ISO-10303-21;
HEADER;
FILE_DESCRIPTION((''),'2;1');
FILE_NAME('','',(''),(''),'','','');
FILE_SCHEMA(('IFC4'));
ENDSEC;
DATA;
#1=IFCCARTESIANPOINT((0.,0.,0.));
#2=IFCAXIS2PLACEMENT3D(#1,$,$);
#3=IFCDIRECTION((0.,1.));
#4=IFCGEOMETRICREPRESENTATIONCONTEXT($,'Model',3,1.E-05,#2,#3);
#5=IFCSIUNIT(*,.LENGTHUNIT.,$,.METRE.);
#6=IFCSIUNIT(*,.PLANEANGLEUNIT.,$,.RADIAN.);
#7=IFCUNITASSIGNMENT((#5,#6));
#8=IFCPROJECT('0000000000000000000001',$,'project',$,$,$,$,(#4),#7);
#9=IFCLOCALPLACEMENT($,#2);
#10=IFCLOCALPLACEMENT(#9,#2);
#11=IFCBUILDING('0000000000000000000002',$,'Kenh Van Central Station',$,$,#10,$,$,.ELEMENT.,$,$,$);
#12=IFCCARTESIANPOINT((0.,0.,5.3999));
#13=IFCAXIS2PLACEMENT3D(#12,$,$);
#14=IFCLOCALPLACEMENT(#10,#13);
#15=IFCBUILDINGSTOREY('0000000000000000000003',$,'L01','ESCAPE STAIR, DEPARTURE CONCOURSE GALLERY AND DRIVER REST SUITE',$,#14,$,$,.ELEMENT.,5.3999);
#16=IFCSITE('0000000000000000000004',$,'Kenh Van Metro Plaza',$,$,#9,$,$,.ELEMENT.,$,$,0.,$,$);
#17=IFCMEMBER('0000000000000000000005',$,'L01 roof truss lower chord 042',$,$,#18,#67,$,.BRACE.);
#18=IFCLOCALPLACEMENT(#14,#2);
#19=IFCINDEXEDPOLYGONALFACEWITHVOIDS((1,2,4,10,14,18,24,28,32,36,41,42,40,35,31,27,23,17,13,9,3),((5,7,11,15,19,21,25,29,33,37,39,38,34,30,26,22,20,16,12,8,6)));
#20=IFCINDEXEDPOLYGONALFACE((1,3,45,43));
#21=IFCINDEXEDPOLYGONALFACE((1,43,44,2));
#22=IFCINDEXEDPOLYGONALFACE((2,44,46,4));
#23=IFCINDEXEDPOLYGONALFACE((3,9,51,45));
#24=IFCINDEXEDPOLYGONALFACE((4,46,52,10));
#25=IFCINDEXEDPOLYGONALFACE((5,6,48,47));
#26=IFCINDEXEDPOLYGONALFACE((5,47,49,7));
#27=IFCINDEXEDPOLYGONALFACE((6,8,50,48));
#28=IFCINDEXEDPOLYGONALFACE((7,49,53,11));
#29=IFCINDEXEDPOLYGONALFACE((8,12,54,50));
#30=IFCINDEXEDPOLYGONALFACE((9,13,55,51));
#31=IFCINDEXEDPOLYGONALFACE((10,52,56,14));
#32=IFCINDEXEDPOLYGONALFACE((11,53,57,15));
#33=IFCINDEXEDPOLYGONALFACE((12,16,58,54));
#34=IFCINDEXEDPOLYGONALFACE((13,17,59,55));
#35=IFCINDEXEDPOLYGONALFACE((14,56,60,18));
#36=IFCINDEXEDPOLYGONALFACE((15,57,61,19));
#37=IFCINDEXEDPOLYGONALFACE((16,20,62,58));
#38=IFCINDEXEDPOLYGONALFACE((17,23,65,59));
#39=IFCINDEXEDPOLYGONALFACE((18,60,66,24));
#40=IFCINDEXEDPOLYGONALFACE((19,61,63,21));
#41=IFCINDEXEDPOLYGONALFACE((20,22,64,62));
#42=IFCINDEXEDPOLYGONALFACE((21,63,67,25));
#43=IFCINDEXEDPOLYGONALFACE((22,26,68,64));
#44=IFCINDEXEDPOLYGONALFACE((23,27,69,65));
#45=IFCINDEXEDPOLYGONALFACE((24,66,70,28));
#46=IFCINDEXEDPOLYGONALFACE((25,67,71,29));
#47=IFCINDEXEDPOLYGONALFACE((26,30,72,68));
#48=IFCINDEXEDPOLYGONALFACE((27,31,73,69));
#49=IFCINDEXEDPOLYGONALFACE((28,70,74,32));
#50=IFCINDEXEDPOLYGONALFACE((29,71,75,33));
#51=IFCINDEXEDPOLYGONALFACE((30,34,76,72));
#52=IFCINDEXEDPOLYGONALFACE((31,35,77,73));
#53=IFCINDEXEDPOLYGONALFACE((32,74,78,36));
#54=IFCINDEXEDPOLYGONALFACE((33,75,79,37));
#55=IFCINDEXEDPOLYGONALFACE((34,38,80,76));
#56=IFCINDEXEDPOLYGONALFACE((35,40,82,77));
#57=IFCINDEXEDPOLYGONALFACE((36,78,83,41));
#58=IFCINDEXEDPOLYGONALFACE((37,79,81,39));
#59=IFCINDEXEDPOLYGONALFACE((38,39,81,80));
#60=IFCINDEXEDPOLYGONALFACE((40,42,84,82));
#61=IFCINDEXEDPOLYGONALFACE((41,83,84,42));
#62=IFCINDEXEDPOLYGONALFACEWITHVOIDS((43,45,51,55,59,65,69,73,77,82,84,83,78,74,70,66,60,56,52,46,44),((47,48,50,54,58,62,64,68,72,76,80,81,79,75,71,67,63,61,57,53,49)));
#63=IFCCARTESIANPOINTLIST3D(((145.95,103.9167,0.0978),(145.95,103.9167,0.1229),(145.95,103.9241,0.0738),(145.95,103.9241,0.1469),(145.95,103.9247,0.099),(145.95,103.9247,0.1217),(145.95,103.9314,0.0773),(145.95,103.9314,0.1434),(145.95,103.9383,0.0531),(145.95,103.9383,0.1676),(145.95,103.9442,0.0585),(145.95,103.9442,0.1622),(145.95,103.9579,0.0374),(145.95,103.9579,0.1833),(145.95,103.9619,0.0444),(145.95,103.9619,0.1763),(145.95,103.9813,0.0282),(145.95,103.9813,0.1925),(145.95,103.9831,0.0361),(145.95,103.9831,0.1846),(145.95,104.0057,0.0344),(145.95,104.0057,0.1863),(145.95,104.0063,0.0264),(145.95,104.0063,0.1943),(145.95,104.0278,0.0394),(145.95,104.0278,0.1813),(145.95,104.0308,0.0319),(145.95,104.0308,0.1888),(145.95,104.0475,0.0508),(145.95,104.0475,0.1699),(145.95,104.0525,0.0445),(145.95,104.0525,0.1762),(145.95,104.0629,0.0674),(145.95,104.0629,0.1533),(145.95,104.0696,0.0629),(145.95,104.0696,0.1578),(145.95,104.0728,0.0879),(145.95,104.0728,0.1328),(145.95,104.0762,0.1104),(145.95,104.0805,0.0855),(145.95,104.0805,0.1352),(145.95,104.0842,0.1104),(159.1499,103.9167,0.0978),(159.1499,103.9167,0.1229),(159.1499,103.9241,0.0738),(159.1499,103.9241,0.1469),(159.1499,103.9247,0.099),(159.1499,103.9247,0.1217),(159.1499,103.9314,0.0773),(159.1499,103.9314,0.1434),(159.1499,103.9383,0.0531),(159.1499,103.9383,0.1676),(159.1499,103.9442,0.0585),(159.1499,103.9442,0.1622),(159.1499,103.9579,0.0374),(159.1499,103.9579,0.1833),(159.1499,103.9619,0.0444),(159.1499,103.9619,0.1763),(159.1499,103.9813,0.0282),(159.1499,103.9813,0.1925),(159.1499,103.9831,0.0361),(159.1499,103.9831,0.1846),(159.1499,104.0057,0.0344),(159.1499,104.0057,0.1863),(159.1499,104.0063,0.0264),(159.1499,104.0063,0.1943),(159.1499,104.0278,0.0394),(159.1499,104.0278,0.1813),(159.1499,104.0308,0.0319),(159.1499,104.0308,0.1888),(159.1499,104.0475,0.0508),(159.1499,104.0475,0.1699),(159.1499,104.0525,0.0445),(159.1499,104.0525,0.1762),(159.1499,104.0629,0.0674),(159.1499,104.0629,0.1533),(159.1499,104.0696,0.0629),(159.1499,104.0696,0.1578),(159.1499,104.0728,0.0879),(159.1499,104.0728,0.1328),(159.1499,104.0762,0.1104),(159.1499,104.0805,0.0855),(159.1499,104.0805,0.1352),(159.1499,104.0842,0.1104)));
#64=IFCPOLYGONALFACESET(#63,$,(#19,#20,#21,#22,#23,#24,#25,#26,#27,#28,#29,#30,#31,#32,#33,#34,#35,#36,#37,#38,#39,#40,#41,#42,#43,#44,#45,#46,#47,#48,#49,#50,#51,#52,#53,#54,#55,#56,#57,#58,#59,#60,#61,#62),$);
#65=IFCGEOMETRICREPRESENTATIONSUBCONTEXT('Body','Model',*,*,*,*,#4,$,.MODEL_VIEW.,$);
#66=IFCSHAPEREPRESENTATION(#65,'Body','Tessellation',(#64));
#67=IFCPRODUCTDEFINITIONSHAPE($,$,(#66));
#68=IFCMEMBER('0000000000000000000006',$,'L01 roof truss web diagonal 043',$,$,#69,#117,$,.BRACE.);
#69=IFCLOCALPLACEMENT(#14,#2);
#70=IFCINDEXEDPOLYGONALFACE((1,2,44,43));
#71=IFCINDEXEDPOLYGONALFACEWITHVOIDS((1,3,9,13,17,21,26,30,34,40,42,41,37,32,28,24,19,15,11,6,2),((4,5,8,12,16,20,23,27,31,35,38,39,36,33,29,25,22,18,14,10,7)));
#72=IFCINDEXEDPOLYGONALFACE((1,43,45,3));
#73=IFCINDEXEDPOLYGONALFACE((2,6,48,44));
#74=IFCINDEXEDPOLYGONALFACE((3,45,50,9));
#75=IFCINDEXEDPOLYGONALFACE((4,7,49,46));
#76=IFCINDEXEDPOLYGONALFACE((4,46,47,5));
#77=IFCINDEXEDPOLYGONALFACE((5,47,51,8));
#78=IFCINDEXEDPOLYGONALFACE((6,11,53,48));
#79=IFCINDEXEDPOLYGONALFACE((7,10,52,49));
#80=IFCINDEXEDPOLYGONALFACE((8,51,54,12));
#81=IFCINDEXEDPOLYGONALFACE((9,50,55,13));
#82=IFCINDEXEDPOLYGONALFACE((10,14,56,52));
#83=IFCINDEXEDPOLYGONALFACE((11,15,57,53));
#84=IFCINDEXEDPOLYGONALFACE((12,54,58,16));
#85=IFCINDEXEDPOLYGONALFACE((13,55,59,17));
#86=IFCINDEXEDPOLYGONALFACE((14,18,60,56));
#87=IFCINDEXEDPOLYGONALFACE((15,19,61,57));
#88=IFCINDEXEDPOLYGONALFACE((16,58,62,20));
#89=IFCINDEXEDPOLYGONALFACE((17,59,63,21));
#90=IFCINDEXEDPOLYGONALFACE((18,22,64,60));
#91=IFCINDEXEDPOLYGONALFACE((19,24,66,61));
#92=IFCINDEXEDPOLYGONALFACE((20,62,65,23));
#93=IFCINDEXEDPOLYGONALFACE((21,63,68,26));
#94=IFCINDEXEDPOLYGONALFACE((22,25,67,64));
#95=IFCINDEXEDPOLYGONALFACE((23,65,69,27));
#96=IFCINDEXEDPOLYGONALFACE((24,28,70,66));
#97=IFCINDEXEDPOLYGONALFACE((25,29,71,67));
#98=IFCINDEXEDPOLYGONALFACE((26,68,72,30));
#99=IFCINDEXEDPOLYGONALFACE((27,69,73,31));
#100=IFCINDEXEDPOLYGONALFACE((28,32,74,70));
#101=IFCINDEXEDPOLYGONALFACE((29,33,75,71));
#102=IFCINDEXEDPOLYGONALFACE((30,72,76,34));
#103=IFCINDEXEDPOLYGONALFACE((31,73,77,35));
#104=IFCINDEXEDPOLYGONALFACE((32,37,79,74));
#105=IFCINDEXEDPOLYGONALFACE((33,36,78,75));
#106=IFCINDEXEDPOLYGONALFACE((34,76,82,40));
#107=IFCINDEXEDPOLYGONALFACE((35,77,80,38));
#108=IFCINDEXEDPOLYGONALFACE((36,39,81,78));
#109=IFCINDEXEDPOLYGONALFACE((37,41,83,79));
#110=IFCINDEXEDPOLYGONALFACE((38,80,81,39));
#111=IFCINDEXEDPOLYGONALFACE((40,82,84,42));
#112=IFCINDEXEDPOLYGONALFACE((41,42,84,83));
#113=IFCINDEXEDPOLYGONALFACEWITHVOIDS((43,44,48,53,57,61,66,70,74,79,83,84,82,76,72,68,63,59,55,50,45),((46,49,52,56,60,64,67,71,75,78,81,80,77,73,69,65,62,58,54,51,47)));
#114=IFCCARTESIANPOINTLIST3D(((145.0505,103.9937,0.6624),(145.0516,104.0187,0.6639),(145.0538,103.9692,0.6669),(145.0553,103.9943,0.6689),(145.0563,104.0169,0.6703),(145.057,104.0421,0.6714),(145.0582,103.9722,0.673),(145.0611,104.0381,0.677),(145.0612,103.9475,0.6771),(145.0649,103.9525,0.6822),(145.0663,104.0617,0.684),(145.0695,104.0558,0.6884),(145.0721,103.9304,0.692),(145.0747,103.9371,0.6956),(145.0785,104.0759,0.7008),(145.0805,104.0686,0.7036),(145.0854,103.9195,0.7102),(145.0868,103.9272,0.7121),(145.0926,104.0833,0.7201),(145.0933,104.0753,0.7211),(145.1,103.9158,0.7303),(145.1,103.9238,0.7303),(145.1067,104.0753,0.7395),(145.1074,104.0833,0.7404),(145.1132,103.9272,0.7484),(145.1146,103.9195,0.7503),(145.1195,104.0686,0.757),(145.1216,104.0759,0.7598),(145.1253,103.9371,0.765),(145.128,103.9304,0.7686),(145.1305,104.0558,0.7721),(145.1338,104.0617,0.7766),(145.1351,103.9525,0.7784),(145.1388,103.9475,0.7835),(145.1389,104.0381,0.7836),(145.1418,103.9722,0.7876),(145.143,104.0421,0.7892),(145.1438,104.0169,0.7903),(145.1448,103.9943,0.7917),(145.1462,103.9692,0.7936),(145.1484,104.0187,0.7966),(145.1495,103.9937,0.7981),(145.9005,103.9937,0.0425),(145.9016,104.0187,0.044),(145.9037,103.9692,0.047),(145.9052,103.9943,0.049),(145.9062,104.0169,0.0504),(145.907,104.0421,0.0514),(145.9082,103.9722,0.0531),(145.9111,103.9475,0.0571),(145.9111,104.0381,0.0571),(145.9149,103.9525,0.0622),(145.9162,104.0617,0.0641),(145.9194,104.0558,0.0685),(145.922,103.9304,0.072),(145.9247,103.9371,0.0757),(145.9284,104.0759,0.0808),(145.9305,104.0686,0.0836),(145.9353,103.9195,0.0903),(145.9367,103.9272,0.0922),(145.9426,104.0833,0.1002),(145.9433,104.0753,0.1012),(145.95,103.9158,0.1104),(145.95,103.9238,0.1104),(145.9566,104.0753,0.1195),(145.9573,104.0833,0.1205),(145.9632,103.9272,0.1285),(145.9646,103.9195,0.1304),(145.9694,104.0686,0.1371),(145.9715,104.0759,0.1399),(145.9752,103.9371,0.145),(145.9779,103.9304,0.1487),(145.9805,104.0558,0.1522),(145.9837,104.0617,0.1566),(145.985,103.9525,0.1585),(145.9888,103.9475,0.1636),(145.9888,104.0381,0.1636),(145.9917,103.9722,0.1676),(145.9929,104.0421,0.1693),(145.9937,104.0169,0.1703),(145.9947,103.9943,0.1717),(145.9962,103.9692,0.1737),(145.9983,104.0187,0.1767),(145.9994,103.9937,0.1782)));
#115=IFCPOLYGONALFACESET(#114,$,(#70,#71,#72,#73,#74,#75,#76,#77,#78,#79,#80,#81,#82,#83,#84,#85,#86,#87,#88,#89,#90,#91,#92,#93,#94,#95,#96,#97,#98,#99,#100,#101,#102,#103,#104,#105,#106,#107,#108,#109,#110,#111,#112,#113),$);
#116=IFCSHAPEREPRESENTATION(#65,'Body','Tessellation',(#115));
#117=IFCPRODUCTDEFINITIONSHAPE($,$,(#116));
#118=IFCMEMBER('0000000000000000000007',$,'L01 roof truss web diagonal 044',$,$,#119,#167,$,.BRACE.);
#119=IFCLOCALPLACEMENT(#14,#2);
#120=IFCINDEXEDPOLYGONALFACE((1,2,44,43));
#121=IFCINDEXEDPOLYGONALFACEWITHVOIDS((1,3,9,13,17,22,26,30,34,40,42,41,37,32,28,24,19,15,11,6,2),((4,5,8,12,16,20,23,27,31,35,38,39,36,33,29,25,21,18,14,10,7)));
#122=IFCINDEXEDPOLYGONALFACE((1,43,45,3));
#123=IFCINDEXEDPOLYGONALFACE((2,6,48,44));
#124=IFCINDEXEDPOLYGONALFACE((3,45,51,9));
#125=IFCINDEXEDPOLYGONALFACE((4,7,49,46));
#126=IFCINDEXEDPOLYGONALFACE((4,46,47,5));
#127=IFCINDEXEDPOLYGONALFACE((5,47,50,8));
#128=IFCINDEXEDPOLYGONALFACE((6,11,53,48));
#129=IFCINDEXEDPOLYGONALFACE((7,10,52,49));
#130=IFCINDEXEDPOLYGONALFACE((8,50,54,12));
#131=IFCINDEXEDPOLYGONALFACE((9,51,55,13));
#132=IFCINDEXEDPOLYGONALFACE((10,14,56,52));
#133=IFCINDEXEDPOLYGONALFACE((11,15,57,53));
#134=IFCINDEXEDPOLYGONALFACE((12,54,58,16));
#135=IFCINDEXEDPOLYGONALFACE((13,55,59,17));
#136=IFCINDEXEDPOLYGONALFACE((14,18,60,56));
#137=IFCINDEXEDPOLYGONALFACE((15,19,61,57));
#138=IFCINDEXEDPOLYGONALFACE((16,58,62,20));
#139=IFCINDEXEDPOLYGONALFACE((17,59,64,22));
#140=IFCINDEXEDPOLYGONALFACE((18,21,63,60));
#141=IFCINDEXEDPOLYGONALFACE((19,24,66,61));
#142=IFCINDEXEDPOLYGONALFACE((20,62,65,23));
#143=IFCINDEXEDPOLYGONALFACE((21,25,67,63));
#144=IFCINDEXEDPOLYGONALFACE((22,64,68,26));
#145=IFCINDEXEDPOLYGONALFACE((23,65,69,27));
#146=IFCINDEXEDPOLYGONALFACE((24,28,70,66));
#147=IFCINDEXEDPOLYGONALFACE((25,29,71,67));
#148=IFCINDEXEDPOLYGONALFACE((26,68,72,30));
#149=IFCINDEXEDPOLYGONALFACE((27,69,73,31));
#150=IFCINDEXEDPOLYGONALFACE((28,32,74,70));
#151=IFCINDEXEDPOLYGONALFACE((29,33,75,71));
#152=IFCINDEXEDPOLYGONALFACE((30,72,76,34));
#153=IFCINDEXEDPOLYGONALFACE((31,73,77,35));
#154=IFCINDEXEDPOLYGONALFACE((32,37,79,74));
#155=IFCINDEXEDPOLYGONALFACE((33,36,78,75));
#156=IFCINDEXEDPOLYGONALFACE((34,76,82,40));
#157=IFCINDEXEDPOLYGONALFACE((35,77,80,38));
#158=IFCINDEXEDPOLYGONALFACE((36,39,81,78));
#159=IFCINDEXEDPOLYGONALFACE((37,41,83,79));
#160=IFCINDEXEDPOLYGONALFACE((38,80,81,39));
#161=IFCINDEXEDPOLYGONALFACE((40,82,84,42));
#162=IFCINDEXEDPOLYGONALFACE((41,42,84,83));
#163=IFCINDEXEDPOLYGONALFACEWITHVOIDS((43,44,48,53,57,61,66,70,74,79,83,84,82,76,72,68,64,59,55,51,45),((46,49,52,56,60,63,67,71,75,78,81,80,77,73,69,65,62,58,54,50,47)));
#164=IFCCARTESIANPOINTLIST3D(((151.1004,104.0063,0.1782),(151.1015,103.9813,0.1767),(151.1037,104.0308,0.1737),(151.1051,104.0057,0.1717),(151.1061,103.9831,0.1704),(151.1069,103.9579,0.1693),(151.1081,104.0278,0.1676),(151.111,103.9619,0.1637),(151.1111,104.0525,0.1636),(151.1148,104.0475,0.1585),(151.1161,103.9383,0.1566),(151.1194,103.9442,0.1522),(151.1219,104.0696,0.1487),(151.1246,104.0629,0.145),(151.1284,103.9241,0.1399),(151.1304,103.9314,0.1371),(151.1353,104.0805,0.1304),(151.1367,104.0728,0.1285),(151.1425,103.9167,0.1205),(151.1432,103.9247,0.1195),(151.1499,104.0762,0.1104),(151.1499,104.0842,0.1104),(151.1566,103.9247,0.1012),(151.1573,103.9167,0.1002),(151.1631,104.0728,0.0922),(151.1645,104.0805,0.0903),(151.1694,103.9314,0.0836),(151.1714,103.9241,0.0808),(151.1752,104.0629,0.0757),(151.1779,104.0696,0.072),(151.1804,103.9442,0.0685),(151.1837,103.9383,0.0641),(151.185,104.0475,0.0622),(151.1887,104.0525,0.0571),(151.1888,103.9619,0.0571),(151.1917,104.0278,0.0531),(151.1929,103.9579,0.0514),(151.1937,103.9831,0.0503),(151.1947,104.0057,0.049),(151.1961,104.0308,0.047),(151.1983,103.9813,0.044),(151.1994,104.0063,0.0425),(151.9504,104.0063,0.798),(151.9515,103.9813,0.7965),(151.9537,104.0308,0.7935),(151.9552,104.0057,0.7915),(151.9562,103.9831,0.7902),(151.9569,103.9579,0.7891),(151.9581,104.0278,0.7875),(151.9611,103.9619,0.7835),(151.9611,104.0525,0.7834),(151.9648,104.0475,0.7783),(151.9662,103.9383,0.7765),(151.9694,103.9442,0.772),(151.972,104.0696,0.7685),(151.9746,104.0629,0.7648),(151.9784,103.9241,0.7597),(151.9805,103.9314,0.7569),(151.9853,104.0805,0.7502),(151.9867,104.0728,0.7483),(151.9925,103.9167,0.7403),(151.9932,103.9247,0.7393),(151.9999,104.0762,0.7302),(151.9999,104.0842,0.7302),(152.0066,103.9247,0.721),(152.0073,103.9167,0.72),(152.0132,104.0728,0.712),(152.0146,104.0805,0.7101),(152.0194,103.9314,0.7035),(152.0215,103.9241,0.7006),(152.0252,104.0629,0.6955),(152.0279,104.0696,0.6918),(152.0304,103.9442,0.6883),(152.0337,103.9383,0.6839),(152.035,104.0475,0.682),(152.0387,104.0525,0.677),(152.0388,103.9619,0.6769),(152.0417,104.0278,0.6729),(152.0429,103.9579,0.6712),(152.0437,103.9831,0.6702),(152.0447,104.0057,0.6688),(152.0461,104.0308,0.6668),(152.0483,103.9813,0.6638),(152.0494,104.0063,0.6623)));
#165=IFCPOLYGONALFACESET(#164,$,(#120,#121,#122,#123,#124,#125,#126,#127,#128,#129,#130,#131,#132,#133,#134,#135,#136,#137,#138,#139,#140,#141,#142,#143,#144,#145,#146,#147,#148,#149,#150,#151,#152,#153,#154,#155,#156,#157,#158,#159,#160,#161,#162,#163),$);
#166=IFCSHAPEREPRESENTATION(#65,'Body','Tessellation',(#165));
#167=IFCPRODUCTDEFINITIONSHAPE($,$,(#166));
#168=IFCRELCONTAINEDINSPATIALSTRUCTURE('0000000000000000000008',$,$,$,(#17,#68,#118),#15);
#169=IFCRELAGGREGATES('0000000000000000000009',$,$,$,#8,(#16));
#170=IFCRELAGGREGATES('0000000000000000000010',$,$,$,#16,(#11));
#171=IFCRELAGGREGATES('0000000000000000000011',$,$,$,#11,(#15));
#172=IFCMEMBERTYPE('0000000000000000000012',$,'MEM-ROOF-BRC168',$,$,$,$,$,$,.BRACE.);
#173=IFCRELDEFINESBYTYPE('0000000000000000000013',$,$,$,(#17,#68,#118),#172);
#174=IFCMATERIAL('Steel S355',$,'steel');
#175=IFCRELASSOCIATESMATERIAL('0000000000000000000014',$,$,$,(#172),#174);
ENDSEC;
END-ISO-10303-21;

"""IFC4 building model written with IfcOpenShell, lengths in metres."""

from ifc_helpers import new_model, si_unit, direction, frame, origin, origin_2d, place, context, subcontext, project, spatial, hollow_circle, extrude, material, material_profile, profile_set, type_object, element, save


model = new_model("IFC4")

# Units and contexts
model_context = context("Model", 3, precision=1e-05, world=origin(), true_north=direction((0.0, 1.0)))
body_context = subcontext(model_context, "Body", "Model", "MODEL_VIEW")
ifc_project = project(units=[si_unit("LENGTHUNIT", "METRE"), si_unit("PLANEANGLEUNIT", "RADIAN")], contexts=[model_context])

# Site, building, storey
site_placement = place(None, origin())
site = spatial("IfcSite", under=ifc_project, at=site_placement, Name="Kenh Van Metro Plaza", CompositionType="ELEMENT", RefElevation=0.0)
building_placement = place(site_placement, origin())
building = spatial("IfcBuilding", under=site, at=building_placement, Name="Kenh Van Central Station", CompositionType="ELEMENT")
storey_placement = place(building_placement, frame((0.0, 0.0, 5.3999)))
storey = spatial("IfcBuildingStorey", under=building, at=storey_placement, Name="L01", Description="ESCAPE STAIR, DEPARTURE CONCOURSE GALLERY AND DRIVER REST SUITE", CompositionType="ELEMENT", Elevation=5.3999)

# Shared definitions
ifc_material_1 = material(Name="Steel S355", Category="steel")

# Members
ifc_material_profile_1 = material_profile(ifc_material_1, hollow_circle(Radius=0.0842, WallThickness=0.0081, at=origin_2d()), Name="CHS 168.3x8")
ifc_profile_set_1 = profile_set([ifc_material_profile_1], Name="Steel S355")
member_type_1 = type_object("IfcMemberType", Name="MEM-ROOF-BRC168", PredefinedType="BRACE", material=ifc_profile_set_1)
member_1_placement = place(storey_placement, frame((145.95, 104.0, 0.1104), z_axis=(1.0, 0.0, 0.0), x_axis=(0.0, 1.0, 0.0)))
element("IfcMember", 1, at=member_1_placement, inside=storey, type_object=member_type_1, Name="L01 roof truss lower chord 042", PredefinedType="BRACE", context=body_context, shape_type="SweptSolid", body=[
    extrude(hollow_circle(Radius=0.0842, WallThickness=0.0081, at=origin_2d()), origin(), (0.0, 0.0, 1.0), 13.2),
])
for number, where, z_axis, x_axis, name in (
    (2, (145.95, 104.0, 0.1104), (-0.807922, 0.0, 0.589289), (0.0, -1.0, 0.0), "L01 roof truss web diagonal 043"),
    (3, (151.1499, 104.0, 0.1104), (0.808003, 0.0, 0.589178), (0.0, 1.0, 0.0), "L01 roof truss web diagonal 044"),
):
    element("IfcMember", number, at=place(storey_placement, frame(where, z_axis=z_axis, x_axis=x_axis)), inside=storey, type_object=member_type_1, Name=name, PredefinedType="BRACE", context=body_context, shape_type="SweptSolid", body=[
        extrude(hollow_circle(Radius=0.0842, WallThickness=0.0081, at=origin_2d()), origin(), (0.0, 0.0, 1.0), 1.052),
    ])

save(model, "model.ifc")
